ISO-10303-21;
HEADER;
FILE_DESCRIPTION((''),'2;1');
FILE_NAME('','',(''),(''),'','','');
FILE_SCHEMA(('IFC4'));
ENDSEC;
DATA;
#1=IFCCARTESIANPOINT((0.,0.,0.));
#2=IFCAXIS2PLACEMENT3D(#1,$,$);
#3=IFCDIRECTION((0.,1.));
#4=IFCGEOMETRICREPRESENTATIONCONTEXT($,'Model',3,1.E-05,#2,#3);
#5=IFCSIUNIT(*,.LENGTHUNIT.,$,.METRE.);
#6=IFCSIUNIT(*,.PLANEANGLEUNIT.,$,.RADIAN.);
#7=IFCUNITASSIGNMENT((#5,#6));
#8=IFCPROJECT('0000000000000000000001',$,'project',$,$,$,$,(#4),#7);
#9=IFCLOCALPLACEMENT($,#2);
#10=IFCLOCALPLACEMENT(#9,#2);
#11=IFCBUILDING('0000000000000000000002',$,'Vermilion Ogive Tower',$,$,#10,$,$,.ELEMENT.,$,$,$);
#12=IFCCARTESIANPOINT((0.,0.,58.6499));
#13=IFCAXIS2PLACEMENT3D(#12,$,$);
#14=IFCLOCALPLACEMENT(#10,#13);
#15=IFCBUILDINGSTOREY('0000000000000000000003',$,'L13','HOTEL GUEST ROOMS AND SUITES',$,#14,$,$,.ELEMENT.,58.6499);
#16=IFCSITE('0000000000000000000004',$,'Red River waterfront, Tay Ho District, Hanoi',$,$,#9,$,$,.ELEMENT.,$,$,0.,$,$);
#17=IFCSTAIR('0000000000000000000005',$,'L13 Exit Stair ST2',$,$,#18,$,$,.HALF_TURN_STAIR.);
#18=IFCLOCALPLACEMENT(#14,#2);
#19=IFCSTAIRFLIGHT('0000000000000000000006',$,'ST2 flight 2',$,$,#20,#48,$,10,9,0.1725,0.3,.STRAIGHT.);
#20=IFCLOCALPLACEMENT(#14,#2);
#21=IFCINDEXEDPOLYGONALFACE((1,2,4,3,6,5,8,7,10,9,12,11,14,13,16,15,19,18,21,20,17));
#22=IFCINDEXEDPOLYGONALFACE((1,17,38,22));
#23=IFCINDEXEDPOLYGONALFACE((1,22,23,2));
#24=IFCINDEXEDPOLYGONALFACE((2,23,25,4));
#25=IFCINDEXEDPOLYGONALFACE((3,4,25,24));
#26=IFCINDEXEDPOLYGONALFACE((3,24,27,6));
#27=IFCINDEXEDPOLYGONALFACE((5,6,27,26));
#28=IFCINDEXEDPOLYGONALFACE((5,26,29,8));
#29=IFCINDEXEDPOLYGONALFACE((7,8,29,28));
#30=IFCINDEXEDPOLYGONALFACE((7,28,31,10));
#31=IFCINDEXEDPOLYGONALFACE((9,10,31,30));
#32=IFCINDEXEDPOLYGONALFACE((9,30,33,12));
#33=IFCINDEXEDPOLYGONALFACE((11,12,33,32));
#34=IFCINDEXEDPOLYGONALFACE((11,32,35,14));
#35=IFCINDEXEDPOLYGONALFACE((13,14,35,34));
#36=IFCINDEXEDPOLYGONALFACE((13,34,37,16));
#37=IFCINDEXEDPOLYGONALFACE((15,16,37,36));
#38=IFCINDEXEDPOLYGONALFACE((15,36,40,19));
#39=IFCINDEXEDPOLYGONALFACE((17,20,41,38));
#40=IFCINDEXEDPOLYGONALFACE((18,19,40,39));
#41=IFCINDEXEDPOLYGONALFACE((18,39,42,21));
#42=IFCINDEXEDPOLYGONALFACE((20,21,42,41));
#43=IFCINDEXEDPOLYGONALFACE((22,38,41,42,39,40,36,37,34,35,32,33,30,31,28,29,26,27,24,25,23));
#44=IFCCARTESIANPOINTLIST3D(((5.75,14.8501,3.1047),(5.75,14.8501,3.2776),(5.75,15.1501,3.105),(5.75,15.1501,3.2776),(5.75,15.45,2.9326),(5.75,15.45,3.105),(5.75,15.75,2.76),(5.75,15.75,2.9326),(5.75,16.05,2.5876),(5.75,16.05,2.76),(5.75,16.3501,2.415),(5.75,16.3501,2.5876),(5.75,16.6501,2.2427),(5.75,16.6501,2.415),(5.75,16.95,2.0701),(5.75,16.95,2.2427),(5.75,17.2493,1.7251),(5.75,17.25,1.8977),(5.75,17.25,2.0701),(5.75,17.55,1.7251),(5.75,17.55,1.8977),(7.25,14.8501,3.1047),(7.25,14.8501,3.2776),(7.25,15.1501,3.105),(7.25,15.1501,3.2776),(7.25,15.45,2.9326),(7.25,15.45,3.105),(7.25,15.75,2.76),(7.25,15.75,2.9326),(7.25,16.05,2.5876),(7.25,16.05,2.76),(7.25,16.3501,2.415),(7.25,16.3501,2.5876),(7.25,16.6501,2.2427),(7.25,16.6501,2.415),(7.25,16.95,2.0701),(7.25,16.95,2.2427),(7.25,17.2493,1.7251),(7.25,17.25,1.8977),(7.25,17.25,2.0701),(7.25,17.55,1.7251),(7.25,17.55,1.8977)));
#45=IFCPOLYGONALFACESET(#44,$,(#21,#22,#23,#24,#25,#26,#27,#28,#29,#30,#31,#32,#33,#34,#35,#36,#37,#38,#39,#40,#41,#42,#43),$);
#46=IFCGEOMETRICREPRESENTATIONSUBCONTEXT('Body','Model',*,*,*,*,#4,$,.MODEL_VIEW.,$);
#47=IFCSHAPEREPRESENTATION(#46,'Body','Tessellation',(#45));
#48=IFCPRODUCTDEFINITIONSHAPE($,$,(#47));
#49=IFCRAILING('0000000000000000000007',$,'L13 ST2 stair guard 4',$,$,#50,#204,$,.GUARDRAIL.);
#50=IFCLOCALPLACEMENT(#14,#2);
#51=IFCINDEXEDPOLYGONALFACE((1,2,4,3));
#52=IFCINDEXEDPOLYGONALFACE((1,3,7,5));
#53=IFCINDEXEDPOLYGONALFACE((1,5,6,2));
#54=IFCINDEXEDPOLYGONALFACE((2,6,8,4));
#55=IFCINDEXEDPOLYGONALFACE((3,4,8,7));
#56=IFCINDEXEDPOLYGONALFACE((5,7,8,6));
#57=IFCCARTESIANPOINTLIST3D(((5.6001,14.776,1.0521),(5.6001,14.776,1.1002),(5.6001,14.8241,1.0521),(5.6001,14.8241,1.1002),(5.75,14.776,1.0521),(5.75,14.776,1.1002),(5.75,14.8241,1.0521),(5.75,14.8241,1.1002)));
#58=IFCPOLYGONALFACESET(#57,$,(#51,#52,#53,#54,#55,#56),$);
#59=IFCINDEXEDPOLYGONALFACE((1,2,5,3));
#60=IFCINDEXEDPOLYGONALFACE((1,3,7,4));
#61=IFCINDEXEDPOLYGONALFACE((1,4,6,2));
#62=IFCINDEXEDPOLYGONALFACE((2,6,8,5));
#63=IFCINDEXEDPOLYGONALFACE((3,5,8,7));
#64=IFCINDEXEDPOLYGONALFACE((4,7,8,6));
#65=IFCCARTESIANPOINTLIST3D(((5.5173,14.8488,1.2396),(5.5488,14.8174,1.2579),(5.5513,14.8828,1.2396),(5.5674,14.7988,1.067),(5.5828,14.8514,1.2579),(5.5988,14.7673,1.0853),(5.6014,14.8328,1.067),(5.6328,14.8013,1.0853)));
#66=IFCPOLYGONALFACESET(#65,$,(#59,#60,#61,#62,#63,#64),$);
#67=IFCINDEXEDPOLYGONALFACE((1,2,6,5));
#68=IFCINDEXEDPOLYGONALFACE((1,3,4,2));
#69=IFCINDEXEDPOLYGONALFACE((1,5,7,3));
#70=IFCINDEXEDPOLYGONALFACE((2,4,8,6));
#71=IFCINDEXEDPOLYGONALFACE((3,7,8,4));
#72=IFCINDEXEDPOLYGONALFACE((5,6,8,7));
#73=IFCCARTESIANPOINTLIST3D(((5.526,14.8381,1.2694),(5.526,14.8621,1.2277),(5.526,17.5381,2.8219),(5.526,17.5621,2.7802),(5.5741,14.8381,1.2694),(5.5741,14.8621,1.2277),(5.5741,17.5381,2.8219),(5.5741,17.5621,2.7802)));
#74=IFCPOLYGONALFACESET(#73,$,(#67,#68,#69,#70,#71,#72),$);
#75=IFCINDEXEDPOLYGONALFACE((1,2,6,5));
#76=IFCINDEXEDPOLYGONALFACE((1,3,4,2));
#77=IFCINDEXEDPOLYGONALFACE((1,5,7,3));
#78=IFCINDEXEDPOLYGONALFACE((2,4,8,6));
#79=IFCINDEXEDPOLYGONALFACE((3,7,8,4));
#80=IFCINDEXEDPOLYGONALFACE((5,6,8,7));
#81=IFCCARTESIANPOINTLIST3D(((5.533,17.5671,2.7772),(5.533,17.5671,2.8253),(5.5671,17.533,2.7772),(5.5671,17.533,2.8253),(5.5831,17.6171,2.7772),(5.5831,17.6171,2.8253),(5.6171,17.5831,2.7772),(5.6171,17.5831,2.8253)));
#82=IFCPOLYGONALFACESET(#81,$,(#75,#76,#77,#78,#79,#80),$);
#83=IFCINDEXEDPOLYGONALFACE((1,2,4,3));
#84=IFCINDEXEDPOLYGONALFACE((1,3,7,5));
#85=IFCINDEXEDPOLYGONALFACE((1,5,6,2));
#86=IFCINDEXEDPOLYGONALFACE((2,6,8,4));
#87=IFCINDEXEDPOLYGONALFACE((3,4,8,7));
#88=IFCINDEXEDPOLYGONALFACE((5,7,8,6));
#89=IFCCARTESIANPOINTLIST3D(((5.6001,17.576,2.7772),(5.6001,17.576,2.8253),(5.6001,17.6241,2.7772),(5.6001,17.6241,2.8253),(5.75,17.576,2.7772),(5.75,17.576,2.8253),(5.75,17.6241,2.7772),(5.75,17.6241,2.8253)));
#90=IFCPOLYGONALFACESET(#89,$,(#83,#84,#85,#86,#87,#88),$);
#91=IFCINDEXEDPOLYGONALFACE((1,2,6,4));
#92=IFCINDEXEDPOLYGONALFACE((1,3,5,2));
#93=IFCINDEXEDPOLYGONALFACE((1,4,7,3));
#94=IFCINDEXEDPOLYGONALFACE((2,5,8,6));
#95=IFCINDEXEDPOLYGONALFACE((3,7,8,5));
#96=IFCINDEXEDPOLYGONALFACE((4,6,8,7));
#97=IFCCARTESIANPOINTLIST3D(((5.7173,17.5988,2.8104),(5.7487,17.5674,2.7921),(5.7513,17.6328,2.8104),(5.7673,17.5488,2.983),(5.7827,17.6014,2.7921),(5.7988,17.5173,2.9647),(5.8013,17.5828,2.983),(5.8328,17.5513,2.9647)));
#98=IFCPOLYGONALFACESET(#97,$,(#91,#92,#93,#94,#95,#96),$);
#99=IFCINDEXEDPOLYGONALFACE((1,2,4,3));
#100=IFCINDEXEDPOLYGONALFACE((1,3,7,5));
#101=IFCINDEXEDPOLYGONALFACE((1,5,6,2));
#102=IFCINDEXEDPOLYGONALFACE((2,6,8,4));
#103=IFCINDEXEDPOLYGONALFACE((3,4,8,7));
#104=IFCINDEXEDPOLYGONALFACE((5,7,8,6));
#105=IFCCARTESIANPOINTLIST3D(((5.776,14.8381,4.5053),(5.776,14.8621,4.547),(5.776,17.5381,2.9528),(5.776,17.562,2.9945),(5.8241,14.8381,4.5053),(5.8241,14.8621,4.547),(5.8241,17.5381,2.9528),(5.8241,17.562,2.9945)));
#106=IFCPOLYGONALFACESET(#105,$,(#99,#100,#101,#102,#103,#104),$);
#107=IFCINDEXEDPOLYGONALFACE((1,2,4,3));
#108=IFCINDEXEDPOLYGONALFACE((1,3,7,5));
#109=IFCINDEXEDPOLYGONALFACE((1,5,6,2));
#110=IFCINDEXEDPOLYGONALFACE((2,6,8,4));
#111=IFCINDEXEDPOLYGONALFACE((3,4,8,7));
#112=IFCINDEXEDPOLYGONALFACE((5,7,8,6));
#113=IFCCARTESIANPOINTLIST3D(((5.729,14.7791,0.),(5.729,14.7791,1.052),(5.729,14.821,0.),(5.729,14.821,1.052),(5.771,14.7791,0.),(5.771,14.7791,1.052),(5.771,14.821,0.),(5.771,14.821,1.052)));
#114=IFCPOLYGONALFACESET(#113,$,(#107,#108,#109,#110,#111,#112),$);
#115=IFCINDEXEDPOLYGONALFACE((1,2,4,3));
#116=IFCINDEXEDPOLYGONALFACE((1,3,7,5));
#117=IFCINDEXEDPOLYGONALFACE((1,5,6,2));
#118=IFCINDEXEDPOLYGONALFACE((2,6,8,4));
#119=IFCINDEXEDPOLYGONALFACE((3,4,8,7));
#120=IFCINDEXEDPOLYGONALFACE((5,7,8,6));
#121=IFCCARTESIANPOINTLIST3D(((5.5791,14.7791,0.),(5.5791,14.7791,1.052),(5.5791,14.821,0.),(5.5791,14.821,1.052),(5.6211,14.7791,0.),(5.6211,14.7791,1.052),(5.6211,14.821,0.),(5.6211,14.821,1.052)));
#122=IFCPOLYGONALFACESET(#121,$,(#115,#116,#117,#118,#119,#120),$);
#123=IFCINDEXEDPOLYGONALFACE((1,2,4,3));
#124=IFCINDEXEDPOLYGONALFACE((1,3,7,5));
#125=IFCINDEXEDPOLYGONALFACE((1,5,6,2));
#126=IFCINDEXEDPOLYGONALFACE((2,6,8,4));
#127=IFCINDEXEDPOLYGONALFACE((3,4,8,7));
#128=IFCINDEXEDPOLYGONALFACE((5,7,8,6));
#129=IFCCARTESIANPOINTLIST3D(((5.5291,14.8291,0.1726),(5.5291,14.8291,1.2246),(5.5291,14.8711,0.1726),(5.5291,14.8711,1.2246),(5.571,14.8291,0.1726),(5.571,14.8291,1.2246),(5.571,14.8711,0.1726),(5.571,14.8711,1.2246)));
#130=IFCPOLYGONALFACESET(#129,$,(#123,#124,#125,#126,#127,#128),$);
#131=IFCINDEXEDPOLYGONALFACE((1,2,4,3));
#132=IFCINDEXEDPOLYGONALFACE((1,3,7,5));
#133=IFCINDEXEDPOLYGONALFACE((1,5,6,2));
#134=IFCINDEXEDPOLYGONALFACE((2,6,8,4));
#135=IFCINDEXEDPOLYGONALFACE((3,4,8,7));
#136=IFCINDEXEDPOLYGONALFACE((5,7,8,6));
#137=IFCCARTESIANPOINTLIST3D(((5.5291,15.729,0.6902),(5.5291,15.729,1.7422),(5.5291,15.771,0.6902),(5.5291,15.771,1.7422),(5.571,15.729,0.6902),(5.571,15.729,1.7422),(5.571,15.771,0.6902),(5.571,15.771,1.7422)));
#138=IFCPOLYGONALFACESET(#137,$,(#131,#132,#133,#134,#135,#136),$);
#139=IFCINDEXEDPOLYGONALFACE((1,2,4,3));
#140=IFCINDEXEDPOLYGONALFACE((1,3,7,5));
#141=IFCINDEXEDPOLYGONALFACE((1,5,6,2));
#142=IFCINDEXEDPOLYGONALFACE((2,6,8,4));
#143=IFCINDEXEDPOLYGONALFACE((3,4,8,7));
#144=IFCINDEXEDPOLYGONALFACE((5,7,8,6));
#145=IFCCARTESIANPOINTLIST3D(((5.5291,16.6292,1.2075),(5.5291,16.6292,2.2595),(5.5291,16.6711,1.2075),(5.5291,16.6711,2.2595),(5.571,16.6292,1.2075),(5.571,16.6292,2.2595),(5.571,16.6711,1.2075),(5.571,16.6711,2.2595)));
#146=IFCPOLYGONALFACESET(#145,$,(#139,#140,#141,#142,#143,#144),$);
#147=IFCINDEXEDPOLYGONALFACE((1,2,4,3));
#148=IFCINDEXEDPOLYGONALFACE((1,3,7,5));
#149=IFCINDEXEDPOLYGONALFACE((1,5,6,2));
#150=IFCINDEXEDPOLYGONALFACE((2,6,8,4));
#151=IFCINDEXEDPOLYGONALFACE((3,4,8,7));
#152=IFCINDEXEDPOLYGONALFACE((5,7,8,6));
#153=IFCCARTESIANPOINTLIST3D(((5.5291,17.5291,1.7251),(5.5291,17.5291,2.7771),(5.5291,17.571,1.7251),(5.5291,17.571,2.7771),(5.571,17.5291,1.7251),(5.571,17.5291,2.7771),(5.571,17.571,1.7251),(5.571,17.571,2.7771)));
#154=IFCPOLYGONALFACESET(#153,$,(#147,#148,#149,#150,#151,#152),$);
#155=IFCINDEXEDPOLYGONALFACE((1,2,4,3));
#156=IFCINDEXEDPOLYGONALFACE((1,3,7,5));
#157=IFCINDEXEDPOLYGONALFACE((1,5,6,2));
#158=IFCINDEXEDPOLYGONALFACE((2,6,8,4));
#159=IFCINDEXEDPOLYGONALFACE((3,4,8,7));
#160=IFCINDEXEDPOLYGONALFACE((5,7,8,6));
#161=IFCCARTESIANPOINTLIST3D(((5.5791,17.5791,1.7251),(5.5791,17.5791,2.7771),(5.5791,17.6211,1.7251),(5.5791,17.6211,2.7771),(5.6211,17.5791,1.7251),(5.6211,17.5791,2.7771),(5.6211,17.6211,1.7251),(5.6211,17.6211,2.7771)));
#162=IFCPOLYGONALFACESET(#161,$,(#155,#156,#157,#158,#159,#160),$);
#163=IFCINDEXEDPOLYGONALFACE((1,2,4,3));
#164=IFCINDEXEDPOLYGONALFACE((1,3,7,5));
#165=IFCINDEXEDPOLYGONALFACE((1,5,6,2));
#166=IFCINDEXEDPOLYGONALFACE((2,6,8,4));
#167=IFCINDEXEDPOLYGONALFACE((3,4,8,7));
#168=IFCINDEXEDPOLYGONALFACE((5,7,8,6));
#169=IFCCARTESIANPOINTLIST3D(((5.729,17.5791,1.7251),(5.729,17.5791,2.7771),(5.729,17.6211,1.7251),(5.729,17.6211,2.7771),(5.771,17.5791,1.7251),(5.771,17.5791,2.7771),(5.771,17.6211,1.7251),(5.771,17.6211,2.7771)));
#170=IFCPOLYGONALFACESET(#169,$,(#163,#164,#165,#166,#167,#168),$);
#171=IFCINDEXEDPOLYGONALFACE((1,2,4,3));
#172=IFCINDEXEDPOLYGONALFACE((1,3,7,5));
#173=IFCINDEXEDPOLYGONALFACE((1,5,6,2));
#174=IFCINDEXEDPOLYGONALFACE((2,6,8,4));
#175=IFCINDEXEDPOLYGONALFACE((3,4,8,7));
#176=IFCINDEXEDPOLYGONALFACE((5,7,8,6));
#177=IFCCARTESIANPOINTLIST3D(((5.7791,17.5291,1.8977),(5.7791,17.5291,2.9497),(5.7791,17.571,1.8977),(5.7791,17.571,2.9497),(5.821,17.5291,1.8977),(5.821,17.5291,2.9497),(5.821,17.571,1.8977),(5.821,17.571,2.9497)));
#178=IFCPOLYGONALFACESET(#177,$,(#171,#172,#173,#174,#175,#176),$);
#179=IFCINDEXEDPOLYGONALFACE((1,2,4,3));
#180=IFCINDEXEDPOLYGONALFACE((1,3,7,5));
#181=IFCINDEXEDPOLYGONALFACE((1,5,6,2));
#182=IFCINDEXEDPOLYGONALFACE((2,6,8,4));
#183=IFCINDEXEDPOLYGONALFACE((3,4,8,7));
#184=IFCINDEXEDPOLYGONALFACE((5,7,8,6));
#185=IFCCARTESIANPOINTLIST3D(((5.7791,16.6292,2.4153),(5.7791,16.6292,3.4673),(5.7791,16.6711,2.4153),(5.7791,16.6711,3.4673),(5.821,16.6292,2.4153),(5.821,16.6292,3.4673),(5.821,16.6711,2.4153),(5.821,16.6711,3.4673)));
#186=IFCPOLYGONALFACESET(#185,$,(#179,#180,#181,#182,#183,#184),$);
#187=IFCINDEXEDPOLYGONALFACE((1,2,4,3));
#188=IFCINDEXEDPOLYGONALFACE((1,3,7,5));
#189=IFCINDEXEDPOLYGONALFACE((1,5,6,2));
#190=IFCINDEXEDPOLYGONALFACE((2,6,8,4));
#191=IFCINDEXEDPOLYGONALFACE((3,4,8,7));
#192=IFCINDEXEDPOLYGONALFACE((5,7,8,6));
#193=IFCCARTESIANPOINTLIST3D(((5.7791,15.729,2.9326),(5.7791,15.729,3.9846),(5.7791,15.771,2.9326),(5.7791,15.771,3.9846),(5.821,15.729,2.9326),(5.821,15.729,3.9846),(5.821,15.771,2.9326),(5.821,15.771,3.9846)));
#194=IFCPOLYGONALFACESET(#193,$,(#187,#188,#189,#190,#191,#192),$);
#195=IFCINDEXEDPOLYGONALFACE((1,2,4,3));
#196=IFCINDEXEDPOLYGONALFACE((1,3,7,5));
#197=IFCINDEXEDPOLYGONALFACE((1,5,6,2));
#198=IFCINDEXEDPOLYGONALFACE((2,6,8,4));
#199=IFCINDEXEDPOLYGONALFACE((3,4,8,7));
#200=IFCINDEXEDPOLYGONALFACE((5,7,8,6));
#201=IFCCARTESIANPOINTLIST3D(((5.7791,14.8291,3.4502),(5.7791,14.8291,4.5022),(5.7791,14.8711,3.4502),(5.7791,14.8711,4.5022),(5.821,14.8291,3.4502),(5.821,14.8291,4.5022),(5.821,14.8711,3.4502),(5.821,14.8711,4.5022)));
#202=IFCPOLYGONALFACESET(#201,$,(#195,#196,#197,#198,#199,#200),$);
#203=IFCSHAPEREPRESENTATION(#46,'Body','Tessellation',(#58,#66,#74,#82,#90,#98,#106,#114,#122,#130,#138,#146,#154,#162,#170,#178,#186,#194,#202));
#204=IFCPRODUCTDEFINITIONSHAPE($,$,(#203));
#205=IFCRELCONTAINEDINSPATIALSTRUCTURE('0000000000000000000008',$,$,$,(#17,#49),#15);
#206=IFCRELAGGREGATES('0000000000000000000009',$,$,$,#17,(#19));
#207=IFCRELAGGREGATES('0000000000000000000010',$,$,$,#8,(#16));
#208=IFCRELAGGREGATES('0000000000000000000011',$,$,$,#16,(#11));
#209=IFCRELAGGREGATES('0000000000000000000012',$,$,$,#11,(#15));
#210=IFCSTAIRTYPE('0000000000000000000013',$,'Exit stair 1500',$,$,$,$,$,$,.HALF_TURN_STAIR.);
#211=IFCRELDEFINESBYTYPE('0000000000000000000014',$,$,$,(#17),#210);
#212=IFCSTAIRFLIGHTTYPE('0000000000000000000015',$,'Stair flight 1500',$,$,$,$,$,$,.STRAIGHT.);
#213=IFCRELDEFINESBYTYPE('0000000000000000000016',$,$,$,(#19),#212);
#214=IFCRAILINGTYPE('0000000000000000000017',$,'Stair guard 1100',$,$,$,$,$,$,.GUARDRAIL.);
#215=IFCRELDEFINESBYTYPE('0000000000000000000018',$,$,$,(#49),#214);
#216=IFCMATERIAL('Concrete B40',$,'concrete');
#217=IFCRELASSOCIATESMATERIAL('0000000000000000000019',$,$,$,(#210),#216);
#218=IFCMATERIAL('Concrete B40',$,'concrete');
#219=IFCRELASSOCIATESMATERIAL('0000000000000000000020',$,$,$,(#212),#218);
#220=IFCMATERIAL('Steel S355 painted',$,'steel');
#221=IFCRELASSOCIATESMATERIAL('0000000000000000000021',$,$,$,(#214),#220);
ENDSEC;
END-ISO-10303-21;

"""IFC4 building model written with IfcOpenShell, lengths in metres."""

from ifc_helpers import new_model, si_unit, direction, frame, origin, origin_2d, place, context, subcontext, project, spatial, polyline, rectangle, outline, extrude, material, type_object, element, aggregate, save


model = new_model("IFC4")

# Units and contexts
model_context = context("Model", 3, precision=1e-05, world=origin(), true_north=direction((0.0, 1.0)))
body_context = subcontext(model_context, "Body", "Model", "MODEL_VIEW")
ifc_project = project(units=[si_unit("LENGTHUNIT", "METRE"), si_unit("PLANEANGLEUNIT", "RADIAN")], contexts=[model_context])

# Site, building, storey
site_placement = place(None, origin())
site = spatial("IfcSite", under=ifc_project, at=site_placement, Name="Red River waterfront, Tay Ho District, Hanoi", CompositionType="ELEMENT", RefElevation=0.0)
building_placement = place(site_placement, origin())
building = spatial("IfcBuilding", under=site, at=building_placement, Name="Vermilion Ogive Tower", CompositionType="ELEMENT")
storey_placement = place(building_placement, frame((0.0, 0.0, 58.6499)))
storey = spatial("IfcBuildingStorey", under=building, at=storey_placement, Name="L13", Description="HOTEL GUEST ROOMS AND SUITES", CompositionType="ELEMENT", Elevation=58.6499)

# Stair, stair flight
ifc_material_1 = material(Name="Concrete B40", Category="concrete")
stair_type = type_object("IfcStairType", Name="Exit stair 1500", PredefinedType="HALF_TURN_STAIR", material=ifc_material_1)
stair_placement = place(storey_placement, origin())
stair = element("IfcStair", 1, at=stair_placement, inside=storey, type_object=stair_type, Name="L13 Exit Stair ST2", PredefinedType="HALF_TURN_STAIR")
ifc_material_2 = material(Name="Concrete B40", Category="concrete")
stair_flight_type = type_object("IfcStairFlightType", Name="Stair flight 1500", PredefinedType="STRAIGHT", material=ifc_material_2)
stair_flight_1_placement = place(storey_placement, frame((6.5, 17.55, 1.7251), z_axis=(0.0, 0.0, 1.0), x_axis=(0.0, -1.0, 0.0)))
stair_flight_1 = element("IfcStairFlight", 2, at=stair_flight_1_placement, type_object=stair_flight_type, Name="ST2 flight 2", NumberOfRisers=10, NumberOfTreads=9, PredefinedType="STRAIGHT", RiserHeight=0.1725, TreadLength=0.3, context=body_context, shape_type="SweptSolid", body=[
    extrude(outline(polyline([(0.0, 0.0), (0.0, 0.1726), (0.3, 0.1726), (0.3, 0.345), (0.6001, 0.345), (0.6001, 0.5176), (0.8999, 0.5176), (0.8999, 0.6899), (1.2, 0.6899), (1.2, 0.8625), (1.5, 0.8625), (1.5, 1.0349), (1.8, 1.0349), (1.8, 1.2075), (2.1001, 1.2075), (2.1001, 1.3799), (2.3999, 1.3799), (2.3999, 1.5525), (2.7, 1.5525), (2.7, 1.7251), (2.7, 1.3796), (0.3008, 0.0), (0.0, 0.0)])), frame((0.0, 0.75, 0.0), z_axis=(0.0, -1.0, 0.0), x_axis=(1.0, 0.0, 0.0)), (0.0, 0.0, 1.0), 1.5),
])
aggregate(stair, [stair_flight_1])

# Railing
ifc_material_3 = material(Name="Steel S355 painted", Category="steel")
railing_type_1 = type_object("IfcRailingType", Name="Stair guard 1100", PredefinedType="GUARDRAIL", material=ifc_material_3)
railing_1_placement = place(storey_placement, frame((5.75, 14.8, 0.0)))
element("IfcRailing", 3, at=railing_1_placement, inside=storey, type_object=railing_type_1, Name="L13 ST2 stair guard 4", PredefinedType="GUARDRAIL", context=body_context, shape_type="SweptSolid", body=[
    extrude(rectangle(XDim=0.0481, YDim=0.0481, at=origin_2d()), frame((0.0, 0.0, 1.0762), z_axis=(-1.0, 0.0, 0.0), x_axis=(0.0, -1.0, 0.0)), (0.0, 0.0, 1.0), 0.1499),
    extrude(rectangle(XDim=0.0481, YDim=0.0481, at=origin_2d()), frame((-0.1499, 0.0, 1.0762), z_axis=(-0.268278, 0.268278, 0.925232), x_axis=(-0.707107, -0.707107, 0.0)), (0.0, 0.0, 1.0), 0.1865),
    extrude(rectangle(XDim=0.0481, YDim=0.0481, at=origin_2d()), frame((-0.2, 0.05, 1.2485), z_axis=(0.0, 0.866904, 0.498476), x_axis=(-1.0, 0.0, 0.0)), (0.0, 0.0, 1.0), 3.1145),
    extrude(rectangle(XDim=0.0481, YDim=0.0481, at=origin_2d()), frame((-0.2, 2.75, 2.8013), z_axis=(0.707107, 0.707107, 0.0), x_axis=(-0.707107, 0.707107, 0.0)), (0.0, 0.0, 1.0), 0.0708),
    extrude(rectangle(XDim=0.0481, YDim=0.0481, at=origin_2d()), frame((-0.1499, 2.8, 2.8013), z_axis=(1.0, 0.0, 0.0), x_axis=(0.0, 1.0, 0.0)), (0.0, 0.0, 1.0), 0.1499),
    extrude(rectangle(XDim=0.0481, YDim=0.0481, at=origin_2d()), frame((0.0, 2.8, 2.8013), z_axis=(0.268278, -0.268278, 0.925232), x_axis=(0.707107, 0.707107, 0.0)), (0.0, 0.0, 1.0), 0.1865),
    extrude(rectangle(XDim=0.0481, YDim=0.0481, at=origin_2d()), frame((0.05, 2.75, 2.9736), z_axis=(0.0, -0.866904, 0.498476), x_axis=(1.0, 0.0, 0.0)), (0.0, 0.0, 1.0), 3.1145),
    extrude(rectangle(XDim=0.042, YDim=0.042, at=origin_2d()), origin(), (0.0, 0.0, 1.0), 1.052),
    extrude(rectangle(XDim=0.042, YDim=0.042, at=origin_2d()), frame((-0.1499, 0.0, 0.0)), (0.0, 0.0, 1.0), 1.052),
    extrude(rectangle(XDim=0.042, YDim=0.042, at=origin_2d()), frame((-0.2, 0.05, 0.1726)), (0.0, 0.0, 1.0), 1.052),
    extrude(rectangle(XDim=0.042, YDim=0.042, at=origin_2d()), frame((-0.2, 0.95, 0.6902)), (0.0, 0.0, 1.0), 1.052),
    extrude(rectangle(XDim=0.042, YDim=0.042, at=origin_2d()), frame((-0.2, 1.8501, 1.2075)), (0.0, 0.0, 1.0), 1.052),
    extrude(rectangle(XDim=0.042, YDim=0.042, at=origin_2d()), frame((-0.2, 2.75, 1.7251)), (0.0, 0.0, 1.0), 1.052),
    extrude(rectangle(XDim=0.042, YDim=0.042, at=origin_2d()), frame((-0.1499, 2.8, 1.7251)), (0.0, 0.0, 1.0), 1.052),
    extrude(rectangle(XDim=0.042, YDim=0.042, at=origin_2d()), frame((0.0, 2.8, 1.7251)), (0.0, 0.0, 1.0), 1.052),
    extrude(rectangle(XDim=0.042, YDim=0.042, at=origin_2d()), frame((0.05, 2.75, 1.8977)), (0.0, 0.0, 1.0), 1.052),
    extrude(rectangle(XDim=0.042, YDim=0.042, at=origin_2d()), frame((0.05, 1.8501, 2.4153)), (0.0, 0.0, 1.0), 1.052),
    extrude(rectangle(XDim=0.042, YDim=0.042, at=origin_2d()), frame((0.05, 0.95, 2.9326)), (0.0, 0.0, 1.0), 1.052),
    extrude(rectangle(XDim=0.042, YDim=0.042, at=origin_2d()), frame((0.05, 0.05, 3.4502)), (0.0, 0.0, 1.0), 1.052),
])

save(model, "model.ifc")
